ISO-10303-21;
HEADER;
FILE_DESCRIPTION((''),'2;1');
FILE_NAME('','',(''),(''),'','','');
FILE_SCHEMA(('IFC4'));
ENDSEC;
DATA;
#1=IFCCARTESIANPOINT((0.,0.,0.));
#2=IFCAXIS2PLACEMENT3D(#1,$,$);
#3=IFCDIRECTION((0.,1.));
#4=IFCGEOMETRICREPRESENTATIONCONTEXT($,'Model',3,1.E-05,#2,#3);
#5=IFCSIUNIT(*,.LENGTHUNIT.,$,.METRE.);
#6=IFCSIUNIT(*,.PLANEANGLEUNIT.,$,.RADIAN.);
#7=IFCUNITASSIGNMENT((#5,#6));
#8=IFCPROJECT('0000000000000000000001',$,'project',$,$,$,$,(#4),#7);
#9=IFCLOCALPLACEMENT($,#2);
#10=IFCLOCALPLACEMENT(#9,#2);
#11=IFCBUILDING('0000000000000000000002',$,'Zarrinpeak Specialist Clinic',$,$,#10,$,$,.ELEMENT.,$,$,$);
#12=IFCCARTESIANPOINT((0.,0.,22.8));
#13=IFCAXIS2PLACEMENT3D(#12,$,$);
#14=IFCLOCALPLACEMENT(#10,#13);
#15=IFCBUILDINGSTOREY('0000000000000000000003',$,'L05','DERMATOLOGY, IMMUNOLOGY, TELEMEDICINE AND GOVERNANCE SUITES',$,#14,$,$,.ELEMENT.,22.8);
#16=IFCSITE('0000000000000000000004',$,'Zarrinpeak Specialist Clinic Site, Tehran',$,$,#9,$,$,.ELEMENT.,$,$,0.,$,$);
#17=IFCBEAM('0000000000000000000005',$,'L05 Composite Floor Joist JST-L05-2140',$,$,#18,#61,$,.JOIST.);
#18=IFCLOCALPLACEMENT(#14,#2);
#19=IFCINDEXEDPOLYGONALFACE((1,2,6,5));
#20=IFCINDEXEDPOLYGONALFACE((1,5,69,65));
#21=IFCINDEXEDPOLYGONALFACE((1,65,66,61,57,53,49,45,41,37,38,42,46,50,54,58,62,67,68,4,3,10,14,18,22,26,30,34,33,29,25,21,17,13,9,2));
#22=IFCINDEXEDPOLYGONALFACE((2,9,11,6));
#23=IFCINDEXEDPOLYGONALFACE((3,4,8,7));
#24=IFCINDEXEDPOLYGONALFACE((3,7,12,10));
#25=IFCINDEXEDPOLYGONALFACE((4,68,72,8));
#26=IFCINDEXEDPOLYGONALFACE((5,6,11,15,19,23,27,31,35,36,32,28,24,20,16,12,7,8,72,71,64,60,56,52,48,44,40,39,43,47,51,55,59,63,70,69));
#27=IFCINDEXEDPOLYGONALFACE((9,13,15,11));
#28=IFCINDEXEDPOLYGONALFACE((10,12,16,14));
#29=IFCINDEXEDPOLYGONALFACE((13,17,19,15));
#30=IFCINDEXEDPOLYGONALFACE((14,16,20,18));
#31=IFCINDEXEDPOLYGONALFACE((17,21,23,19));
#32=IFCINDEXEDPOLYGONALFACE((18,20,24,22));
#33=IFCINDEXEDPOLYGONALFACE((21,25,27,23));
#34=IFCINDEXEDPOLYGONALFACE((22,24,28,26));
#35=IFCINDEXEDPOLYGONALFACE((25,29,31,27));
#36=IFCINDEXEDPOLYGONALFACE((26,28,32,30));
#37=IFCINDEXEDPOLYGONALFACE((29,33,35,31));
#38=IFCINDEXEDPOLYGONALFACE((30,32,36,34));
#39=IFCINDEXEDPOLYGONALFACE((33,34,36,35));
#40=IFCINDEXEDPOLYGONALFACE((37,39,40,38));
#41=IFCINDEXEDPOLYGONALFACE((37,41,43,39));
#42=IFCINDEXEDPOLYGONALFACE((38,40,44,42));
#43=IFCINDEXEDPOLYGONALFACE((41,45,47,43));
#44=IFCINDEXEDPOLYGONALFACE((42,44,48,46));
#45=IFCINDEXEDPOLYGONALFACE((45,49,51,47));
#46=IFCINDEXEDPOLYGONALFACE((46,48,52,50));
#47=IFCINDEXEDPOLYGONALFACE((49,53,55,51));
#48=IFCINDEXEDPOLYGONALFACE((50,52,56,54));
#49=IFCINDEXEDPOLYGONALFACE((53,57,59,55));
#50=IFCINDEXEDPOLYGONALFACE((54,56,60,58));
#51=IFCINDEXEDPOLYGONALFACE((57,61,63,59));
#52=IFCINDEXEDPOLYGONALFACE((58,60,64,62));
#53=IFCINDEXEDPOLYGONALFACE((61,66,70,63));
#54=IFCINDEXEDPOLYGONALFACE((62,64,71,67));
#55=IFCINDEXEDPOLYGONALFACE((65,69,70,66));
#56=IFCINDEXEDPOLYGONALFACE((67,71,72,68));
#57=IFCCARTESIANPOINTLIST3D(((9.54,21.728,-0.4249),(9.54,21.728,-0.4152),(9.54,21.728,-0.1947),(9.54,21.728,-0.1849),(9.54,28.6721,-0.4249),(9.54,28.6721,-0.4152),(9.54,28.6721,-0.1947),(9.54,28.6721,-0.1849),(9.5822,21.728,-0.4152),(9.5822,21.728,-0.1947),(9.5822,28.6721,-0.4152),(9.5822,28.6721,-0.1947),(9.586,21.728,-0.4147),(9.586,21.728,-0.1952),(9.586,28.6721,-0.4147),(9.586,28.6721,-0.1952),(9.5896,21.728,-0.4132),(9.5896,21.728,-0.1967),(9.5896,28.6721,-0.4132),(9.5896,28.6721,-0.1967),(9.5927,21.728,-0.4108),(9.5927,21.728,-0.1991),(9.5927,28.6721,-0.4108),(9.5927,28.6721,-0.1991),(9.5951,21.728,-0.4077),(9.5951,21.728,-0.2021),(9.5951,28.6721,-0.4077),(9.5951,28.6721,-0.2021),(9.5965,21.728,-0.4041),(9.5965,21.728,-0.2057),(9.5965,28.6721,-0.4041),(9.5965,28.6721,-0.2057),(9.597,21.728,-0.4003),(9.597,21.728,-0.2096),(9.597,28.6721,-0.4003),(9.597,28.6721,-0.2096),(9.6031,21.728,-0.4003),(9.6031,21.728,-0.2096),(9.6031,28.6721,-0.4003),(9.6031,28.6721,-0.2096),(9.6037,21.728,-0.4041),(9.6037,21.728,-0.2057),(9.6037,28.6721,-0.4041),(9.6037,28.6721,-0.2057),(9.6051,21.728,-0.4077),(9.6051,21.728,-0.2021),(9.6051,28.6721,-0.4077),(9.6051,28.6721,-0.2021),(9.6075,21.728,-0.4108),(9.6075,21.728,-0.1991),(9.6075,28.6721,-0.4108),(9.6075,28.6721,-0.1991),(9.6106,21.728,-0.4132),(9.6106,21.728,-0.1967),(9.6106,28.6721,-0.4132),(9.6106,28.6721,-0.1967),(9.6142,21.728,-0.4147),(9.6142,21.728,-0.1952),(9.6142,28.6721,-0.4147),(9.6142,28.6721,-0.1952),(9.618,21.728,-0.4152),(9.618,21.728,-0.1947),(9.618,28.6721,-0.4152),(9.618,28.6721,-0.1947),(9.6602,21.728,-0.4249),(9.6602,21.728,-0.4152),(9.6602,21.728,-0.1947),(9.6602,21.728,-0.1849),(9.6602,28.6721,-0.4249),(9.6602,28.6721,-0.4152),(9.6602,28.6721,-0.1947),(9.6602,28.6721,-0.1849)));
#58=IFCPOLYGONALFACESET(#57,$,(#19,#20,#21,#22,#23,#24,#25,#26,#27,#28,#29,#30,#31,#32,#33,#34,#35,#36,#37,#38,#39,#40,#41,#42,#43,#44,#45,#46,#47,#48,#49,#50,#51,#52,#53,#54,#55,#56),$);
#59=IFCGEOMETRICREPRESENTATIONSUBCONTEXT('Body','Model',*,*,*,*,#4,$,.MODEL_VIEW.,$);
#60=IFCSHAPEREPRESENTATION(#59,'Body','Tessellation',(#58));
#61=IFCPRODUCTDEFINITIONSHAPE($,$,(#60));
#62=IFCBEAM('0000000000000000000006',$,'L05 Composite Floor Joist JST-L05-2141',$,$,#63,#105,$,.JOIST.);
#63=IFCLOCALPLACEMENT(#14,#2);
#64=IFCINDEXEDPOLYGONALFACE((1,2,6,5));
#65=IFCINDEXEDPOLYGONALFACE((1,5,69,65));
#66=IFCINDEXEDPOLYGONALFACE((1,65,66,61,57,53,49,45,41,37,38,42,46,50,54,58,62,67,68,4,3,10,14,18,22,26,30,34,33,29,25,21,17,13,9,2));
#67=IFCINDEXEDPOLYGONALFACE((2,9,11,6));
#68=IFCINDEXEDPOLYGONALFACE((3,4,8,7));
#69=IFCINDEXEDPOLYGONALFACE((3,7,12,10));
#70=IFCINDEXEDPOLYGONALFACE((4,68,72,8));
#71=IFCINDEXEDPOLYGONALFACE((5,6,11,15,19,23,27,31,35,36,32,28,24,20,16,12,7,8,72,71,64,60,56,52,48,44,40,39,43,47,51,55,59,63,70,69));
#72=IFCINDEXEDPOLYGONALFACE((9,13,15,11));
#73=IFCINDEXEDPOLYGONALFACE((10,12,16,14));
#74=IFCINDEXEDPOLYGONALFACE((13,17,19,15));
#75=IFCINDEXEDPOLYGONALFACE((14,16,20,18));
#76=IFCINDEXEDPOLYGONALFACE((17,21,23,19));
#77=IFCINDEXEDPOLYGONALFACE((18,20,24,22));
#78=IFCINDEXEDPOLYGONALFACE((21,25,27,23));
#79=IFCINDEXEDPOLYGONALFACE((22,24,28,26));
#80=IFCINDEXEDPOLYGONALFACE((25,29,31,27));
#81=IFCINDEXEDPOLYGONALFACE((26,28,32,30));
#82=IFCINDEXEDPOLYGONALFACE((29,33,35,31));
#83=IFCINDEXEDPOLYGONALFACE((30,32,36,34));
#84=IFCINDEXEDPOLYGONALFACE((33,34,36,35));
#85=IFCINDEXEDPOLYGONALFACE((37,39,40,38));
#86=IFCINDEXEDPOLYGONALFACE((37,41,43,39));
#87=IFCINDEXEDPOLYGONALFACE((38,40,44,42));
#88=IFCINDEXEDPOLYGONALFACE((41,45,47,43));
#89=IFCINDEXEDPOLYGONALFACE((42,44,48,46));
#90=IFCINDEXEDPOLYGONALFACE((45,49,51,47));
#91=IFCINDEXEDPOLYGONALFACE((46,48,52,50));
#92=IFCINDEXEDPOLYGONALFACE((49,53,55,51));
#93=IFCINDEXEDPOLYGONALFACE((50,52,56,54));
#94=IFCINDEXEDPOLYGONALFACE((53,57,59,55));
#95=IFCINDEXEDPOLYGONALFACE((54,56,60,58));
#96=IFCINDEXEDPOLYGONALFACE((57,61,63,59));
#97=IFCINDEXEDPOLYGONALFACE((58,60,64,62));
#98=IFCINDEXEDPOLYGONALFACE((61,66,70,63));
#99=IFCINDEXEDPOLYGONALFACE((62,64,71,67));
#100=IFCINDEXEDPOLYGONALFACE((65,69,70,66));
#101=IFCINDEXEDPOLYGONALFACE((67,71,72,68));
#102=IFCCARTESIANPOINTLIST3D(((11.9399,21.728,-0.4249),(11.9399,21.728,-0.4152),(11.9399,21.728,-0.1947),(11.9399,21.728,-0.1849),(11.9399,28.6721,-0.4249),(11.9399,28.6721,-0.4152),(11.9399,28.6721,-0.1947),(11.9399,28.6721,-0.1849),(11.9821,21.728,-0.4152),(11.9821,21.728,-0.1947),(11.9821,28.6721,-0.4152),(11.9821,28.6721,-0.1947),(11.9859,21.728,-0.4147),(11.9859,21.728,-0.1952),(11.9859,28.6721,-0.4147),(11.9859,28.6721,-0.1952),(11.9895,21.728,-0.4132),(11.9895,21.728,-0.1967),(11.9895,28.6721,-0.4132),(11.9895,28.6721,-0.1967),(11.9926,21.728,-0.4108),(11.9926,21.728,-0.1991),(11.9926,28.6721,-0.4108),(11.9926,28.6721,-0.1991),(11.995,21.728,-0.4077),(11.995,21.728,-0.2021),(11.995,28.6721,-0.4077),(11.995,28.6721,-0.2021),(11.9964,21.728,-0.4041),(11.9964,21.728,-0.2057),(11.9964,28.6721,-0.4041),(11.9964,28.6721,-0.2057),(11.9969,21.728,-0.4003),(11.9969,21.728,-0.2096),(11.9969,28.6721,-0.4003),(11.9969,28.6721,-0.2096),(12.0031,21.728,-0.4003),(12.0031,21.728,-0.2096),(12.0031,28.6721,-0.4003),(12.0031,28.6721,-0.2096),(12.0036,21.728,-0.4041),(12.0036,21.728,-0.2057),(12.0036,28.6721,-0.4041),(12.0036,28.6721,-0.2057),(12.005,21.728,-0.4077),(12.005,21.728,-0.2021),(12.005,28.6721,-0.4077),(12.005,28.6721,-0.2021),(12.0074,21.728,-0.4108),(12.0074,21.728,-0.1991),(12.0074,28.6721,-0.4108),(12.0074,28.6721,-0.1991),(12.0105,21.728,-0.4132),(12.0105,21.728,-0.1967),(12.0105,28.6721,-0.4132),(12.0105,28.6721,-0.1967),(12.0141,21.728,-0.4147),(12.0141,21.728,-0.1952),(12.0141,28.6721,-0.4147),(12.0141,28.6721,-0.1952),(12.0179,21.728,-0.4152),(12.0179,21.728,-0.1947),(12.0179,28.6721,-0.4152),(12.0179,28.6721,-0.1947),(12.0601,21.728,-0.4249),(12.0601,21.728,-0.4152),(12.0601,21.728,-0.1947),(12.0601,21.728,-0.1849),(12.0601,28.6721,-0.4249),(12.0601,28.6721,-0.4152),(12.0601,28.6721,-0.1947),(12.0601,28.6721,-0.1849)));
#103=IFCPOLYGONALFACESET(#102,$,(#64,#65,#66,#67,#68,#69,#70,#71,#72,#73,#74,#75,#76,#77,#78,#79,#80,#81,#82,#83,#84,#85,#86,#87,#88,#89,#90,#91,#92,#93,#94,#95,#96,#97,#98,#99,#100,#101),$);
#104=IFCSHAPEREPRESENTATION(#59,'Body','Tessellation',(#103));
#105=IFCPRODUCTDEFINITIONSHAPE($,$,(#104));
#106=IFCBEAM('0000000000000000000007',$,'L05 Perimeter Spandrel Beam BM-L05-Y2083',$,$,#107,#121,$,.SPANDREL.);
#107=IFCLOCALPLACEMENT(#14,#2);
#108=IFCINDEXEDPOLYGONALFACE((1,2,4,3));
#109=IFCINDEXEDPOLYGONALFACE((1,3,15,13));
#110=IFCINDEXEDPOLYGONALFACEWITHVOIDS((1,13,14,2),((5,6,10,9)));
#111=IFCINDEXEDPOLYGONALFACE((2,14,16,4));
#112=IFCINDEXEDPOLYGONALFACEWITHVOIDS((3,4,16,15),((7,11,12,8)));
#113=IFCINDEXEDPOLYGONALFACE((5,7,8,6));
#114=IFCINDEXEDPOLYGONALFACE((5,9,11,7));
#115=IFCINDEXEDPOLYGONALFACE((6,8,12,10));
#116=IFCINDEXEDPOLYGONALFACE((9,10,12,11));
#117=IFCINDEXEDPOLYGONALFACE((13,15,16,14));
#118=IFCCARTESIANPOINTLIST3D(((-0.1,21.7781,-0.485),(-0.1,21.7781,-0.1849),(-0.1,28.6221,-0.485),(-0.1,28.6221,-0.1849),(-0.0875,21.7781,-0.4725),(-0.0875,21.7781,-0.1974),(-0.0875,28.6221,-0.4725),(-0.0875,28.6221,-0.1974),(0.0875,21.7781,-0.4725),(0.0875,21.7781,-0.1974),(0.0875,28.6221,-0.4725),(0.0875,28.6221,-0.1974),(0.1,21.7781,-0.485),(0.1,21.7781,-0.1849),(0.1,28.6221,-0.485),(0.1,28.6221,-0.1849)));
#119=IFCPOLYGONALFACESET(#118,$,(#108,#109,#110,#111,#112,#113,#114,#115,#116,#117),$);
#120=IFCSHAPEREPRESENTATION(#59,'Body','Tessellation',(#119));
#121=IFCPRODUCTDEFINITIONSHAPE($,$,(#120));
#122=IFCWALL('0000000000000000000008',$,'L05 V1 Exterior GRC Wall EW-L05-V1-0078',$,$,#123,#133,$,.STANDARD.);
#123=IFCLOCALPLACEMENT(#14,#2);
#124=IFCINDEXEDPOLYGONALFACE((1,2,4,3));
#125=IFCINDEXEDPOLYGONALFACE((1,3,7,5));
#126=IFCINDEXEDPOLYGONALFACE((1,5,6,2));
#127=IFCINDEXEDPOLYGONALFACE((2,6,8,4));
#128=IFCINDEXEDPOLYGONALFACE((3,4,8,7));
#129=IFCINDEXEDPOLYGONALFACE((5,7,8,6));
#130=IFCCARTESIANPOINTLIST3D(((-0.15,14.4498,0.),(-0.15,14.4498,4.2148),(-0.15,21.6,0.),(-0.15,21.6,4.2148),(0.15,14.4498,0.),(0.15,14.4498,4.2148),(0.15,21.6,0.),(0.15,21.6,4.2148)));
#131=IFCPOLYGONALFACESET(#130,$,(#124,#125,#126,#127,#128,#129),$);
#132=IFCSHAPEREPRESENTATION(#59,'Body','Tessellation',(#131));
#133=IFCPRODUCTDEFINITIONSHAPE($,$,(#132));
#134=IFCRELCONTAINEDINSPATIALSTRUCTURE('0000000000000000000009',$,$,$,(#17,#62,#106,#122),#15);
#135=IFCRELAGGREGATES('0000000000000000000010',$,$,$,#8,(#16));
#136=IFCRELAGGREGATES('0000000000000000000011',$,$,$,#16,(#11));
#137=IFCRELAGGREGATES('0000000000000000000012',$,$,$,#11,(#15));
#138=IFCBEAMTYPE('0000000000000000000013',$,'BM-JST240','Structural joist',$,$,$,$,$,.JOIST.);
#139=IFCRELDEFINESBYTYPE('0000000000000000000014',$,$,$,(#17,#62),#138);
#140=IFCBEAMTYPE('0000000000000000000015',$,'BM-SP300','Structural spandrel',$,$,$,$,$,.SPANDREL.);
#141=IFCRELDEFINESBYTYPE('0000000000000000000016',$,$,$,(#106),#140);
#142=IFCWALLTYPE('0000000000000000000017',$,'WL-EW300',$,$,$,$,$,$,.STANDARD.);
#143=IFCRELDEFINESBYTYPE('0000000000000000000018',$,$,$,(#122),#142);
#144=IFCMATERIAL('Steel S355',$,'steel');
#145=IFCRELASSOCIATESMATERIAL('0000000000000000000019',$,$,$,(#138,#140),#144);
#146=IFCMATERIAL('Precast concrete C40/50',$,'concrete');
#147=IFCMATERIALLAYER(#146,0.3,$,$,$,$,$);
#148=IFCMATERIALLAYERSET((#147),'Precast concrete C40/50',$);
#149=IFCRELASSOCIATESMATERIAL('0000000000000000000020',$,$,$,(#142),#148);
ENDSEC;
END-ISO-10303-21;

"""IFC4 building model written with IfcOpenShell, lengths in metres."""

from ifc_helpers import new_model, si_unit, direction, frame, frame_2d, origin, origin_2d, place, context, subcontext, project, spatial, rectangle, hollow_rectangle, i_section, extrude, material, layer, layer_set, material_profile, profile_set, type_object, element, save


model = new_model("IFC4")

# Units and contexts
model_context = context("Model", 3, precision=1e-05, world=origin(), true_north=direction((0.0, 1.0)))
body_context = subcontext(model_context, "Body", "Model", "MODEL_VIEW")
ifc_project = project(units=[si_unit("LENGTHUNIT", "METRE"), si_unit("PLANEANGLEUNIT", "RADIAN")], contexts=[model_context])

# Site, building, storey
site_placement = place(None, origin())
site = spatial("IfcSite", under=ifc_project, at=site_placement, Name="Zarrinpeak Specialist Clinic Site, Tehran", CompositionType="ELEMENT", RefElevation=0.0)
building_placement = place(site_placement, origin())
building = spatial("IfcBuilding", under=site, at=building_placement, Name="Zarrinpeak Specialist Clinic", CompositionType="ELEMENT")
storey_placement = place(building_placement, frame((0.0, 0.0, 22.8)))
storey = spatial("IfcBuildingStorey", under=building, at=storey_placement, Name="L05", Description="DERMATOLOGY, IMMUNOLOGY, TELEMEDICINE AND GOVERNANCE SUITES", CompositionType="ELEMENT", Elevation=22.8)

# Shared definitions
ifc_material_1 = material(Name="Steel S355", Category="steel")

# Beams
ifc_material_profile_1 = material_profile(ifc_material_1, i_section(OverallWidth=0.1201, OverallDepth=0.24, WebThickness=0.0061, FlangeThickness=0.0098, FilletRadius=0.0149, at=origin_2d()), Name="IPE 240")
ifc_profile_set_1 = profile_set([ifc_material_profile_1], Name="Steel S355")
beam_type_1 = type_object("IfcBeamType", Name="BM-JST240", Description="Structural joist", PredefinedType="JOIST", material=ifc_profile_set_1)
for number, where, z_axis, x_axis, name in (
    (1, (9.6001, 21.728, -0.3049), (0.0, 1.0, 0.0), (-1.0, 0.0, 0.0), "L05 Composite Floor Joist JST-L05-2140"),
    (2, (12.0, 21.728, -0.3049), (0.0, 1.0, 0.0), (-1.0, 0.0, 0.0), "L05 Composite Floor Joist JST-L05-2141"),
):
    element("IfcBeam", number, at=place(storey_placement, frame(where, z_axis=z_axis, x_axis=x_axis)), inside=storey, type_object=beam_type_1, Name=name, PredefinedType="JOIST", context=body_context, shape_type="SweptSolid", body=[
        extrude(i_section(OverallWidth=0.1201, OverallDepth=0.24, WebThickness=0.0061, FlangeThickness=0.0098, FilletRadius=0.0149, at=origin_2d()), origin(), (0.0, 0.0, 1.0), 6.9441),
    ])
ifc_material_profile_2 = material_profile(ifc_material_1, hollow_rectangle(XDim=0.2, YDim=0.3, WallThickness=0.0125, at=origin_2d()), Name="RHS 300x200x12.5")
ifc_profile_set_2 = profile_set([ifc_material_profile_2], Name="Steel S355")
beam_type_2 = type_object("IfcBeamType", Name="BM-SP300", Description="Structural spandrel", PredefinedType="SPANDREL", material=ifc_profile_set_2)
beam_1_placement = place(storey_placement, frame((0.0, 21.7781, -0.335), z_axis=(0.0, 1.0, 0.0), x_axis=(-1.0, 0.0, 0.0)))
element("IfcBeam", 3, at=beam_1_placement, inside=storey, type_object=beam_type_2, Name="L05 Perimeter Spandrel Beam BM-L05-Y2083", PredefinedType="SPANDREL", context=body_context, shape_type="SweptSolid", body=[
    extrude(hollow_rectangle(XDim=0.2, YDim=0.3, WallThickness=0.0125, at=origin_2d()), origin(), (0.0, 0.0, 1.0), 6.844),
])

# Wall
ifc_material_2 = material(Name="Precast concrete C40/50", Category="concrete")
ifc_layer_1 = layer(ifc_material_2, 0.3)
ifc_layer_set_1 = layer_set([ifc_layer_1], Name="Precast concrete C40/50")
wall_type_1 = type_object("IfcWallType", Name="WL-EW300", PredefinedType="STANDARD", material=ifc_layer_set_1)
wall_1_placement = place(storey_placement, frame((0.0, 21.6001, 0.0), z_axis=(0.0, 0.0, 1.0), x_axis=(0.0, -1.0, 0.0)))
element("IfcWall", 4, at=wall_1_placement, inside=storey, type_object=wall_type_1, Name="L05 V1 Exterior GRC Wall EW-L05-V1-0078", PredefinedType="STANDARD", context=body_context, shape_type="SweptSolid", body=[
    extrude(rectangle(XDim=7.1501, YDim=0.3, at=frame_2d((3.5752, 0.0))), origin(), (0.0, 0.0, 1.0), 4.2148),
])

save(model, "model.ifc")
